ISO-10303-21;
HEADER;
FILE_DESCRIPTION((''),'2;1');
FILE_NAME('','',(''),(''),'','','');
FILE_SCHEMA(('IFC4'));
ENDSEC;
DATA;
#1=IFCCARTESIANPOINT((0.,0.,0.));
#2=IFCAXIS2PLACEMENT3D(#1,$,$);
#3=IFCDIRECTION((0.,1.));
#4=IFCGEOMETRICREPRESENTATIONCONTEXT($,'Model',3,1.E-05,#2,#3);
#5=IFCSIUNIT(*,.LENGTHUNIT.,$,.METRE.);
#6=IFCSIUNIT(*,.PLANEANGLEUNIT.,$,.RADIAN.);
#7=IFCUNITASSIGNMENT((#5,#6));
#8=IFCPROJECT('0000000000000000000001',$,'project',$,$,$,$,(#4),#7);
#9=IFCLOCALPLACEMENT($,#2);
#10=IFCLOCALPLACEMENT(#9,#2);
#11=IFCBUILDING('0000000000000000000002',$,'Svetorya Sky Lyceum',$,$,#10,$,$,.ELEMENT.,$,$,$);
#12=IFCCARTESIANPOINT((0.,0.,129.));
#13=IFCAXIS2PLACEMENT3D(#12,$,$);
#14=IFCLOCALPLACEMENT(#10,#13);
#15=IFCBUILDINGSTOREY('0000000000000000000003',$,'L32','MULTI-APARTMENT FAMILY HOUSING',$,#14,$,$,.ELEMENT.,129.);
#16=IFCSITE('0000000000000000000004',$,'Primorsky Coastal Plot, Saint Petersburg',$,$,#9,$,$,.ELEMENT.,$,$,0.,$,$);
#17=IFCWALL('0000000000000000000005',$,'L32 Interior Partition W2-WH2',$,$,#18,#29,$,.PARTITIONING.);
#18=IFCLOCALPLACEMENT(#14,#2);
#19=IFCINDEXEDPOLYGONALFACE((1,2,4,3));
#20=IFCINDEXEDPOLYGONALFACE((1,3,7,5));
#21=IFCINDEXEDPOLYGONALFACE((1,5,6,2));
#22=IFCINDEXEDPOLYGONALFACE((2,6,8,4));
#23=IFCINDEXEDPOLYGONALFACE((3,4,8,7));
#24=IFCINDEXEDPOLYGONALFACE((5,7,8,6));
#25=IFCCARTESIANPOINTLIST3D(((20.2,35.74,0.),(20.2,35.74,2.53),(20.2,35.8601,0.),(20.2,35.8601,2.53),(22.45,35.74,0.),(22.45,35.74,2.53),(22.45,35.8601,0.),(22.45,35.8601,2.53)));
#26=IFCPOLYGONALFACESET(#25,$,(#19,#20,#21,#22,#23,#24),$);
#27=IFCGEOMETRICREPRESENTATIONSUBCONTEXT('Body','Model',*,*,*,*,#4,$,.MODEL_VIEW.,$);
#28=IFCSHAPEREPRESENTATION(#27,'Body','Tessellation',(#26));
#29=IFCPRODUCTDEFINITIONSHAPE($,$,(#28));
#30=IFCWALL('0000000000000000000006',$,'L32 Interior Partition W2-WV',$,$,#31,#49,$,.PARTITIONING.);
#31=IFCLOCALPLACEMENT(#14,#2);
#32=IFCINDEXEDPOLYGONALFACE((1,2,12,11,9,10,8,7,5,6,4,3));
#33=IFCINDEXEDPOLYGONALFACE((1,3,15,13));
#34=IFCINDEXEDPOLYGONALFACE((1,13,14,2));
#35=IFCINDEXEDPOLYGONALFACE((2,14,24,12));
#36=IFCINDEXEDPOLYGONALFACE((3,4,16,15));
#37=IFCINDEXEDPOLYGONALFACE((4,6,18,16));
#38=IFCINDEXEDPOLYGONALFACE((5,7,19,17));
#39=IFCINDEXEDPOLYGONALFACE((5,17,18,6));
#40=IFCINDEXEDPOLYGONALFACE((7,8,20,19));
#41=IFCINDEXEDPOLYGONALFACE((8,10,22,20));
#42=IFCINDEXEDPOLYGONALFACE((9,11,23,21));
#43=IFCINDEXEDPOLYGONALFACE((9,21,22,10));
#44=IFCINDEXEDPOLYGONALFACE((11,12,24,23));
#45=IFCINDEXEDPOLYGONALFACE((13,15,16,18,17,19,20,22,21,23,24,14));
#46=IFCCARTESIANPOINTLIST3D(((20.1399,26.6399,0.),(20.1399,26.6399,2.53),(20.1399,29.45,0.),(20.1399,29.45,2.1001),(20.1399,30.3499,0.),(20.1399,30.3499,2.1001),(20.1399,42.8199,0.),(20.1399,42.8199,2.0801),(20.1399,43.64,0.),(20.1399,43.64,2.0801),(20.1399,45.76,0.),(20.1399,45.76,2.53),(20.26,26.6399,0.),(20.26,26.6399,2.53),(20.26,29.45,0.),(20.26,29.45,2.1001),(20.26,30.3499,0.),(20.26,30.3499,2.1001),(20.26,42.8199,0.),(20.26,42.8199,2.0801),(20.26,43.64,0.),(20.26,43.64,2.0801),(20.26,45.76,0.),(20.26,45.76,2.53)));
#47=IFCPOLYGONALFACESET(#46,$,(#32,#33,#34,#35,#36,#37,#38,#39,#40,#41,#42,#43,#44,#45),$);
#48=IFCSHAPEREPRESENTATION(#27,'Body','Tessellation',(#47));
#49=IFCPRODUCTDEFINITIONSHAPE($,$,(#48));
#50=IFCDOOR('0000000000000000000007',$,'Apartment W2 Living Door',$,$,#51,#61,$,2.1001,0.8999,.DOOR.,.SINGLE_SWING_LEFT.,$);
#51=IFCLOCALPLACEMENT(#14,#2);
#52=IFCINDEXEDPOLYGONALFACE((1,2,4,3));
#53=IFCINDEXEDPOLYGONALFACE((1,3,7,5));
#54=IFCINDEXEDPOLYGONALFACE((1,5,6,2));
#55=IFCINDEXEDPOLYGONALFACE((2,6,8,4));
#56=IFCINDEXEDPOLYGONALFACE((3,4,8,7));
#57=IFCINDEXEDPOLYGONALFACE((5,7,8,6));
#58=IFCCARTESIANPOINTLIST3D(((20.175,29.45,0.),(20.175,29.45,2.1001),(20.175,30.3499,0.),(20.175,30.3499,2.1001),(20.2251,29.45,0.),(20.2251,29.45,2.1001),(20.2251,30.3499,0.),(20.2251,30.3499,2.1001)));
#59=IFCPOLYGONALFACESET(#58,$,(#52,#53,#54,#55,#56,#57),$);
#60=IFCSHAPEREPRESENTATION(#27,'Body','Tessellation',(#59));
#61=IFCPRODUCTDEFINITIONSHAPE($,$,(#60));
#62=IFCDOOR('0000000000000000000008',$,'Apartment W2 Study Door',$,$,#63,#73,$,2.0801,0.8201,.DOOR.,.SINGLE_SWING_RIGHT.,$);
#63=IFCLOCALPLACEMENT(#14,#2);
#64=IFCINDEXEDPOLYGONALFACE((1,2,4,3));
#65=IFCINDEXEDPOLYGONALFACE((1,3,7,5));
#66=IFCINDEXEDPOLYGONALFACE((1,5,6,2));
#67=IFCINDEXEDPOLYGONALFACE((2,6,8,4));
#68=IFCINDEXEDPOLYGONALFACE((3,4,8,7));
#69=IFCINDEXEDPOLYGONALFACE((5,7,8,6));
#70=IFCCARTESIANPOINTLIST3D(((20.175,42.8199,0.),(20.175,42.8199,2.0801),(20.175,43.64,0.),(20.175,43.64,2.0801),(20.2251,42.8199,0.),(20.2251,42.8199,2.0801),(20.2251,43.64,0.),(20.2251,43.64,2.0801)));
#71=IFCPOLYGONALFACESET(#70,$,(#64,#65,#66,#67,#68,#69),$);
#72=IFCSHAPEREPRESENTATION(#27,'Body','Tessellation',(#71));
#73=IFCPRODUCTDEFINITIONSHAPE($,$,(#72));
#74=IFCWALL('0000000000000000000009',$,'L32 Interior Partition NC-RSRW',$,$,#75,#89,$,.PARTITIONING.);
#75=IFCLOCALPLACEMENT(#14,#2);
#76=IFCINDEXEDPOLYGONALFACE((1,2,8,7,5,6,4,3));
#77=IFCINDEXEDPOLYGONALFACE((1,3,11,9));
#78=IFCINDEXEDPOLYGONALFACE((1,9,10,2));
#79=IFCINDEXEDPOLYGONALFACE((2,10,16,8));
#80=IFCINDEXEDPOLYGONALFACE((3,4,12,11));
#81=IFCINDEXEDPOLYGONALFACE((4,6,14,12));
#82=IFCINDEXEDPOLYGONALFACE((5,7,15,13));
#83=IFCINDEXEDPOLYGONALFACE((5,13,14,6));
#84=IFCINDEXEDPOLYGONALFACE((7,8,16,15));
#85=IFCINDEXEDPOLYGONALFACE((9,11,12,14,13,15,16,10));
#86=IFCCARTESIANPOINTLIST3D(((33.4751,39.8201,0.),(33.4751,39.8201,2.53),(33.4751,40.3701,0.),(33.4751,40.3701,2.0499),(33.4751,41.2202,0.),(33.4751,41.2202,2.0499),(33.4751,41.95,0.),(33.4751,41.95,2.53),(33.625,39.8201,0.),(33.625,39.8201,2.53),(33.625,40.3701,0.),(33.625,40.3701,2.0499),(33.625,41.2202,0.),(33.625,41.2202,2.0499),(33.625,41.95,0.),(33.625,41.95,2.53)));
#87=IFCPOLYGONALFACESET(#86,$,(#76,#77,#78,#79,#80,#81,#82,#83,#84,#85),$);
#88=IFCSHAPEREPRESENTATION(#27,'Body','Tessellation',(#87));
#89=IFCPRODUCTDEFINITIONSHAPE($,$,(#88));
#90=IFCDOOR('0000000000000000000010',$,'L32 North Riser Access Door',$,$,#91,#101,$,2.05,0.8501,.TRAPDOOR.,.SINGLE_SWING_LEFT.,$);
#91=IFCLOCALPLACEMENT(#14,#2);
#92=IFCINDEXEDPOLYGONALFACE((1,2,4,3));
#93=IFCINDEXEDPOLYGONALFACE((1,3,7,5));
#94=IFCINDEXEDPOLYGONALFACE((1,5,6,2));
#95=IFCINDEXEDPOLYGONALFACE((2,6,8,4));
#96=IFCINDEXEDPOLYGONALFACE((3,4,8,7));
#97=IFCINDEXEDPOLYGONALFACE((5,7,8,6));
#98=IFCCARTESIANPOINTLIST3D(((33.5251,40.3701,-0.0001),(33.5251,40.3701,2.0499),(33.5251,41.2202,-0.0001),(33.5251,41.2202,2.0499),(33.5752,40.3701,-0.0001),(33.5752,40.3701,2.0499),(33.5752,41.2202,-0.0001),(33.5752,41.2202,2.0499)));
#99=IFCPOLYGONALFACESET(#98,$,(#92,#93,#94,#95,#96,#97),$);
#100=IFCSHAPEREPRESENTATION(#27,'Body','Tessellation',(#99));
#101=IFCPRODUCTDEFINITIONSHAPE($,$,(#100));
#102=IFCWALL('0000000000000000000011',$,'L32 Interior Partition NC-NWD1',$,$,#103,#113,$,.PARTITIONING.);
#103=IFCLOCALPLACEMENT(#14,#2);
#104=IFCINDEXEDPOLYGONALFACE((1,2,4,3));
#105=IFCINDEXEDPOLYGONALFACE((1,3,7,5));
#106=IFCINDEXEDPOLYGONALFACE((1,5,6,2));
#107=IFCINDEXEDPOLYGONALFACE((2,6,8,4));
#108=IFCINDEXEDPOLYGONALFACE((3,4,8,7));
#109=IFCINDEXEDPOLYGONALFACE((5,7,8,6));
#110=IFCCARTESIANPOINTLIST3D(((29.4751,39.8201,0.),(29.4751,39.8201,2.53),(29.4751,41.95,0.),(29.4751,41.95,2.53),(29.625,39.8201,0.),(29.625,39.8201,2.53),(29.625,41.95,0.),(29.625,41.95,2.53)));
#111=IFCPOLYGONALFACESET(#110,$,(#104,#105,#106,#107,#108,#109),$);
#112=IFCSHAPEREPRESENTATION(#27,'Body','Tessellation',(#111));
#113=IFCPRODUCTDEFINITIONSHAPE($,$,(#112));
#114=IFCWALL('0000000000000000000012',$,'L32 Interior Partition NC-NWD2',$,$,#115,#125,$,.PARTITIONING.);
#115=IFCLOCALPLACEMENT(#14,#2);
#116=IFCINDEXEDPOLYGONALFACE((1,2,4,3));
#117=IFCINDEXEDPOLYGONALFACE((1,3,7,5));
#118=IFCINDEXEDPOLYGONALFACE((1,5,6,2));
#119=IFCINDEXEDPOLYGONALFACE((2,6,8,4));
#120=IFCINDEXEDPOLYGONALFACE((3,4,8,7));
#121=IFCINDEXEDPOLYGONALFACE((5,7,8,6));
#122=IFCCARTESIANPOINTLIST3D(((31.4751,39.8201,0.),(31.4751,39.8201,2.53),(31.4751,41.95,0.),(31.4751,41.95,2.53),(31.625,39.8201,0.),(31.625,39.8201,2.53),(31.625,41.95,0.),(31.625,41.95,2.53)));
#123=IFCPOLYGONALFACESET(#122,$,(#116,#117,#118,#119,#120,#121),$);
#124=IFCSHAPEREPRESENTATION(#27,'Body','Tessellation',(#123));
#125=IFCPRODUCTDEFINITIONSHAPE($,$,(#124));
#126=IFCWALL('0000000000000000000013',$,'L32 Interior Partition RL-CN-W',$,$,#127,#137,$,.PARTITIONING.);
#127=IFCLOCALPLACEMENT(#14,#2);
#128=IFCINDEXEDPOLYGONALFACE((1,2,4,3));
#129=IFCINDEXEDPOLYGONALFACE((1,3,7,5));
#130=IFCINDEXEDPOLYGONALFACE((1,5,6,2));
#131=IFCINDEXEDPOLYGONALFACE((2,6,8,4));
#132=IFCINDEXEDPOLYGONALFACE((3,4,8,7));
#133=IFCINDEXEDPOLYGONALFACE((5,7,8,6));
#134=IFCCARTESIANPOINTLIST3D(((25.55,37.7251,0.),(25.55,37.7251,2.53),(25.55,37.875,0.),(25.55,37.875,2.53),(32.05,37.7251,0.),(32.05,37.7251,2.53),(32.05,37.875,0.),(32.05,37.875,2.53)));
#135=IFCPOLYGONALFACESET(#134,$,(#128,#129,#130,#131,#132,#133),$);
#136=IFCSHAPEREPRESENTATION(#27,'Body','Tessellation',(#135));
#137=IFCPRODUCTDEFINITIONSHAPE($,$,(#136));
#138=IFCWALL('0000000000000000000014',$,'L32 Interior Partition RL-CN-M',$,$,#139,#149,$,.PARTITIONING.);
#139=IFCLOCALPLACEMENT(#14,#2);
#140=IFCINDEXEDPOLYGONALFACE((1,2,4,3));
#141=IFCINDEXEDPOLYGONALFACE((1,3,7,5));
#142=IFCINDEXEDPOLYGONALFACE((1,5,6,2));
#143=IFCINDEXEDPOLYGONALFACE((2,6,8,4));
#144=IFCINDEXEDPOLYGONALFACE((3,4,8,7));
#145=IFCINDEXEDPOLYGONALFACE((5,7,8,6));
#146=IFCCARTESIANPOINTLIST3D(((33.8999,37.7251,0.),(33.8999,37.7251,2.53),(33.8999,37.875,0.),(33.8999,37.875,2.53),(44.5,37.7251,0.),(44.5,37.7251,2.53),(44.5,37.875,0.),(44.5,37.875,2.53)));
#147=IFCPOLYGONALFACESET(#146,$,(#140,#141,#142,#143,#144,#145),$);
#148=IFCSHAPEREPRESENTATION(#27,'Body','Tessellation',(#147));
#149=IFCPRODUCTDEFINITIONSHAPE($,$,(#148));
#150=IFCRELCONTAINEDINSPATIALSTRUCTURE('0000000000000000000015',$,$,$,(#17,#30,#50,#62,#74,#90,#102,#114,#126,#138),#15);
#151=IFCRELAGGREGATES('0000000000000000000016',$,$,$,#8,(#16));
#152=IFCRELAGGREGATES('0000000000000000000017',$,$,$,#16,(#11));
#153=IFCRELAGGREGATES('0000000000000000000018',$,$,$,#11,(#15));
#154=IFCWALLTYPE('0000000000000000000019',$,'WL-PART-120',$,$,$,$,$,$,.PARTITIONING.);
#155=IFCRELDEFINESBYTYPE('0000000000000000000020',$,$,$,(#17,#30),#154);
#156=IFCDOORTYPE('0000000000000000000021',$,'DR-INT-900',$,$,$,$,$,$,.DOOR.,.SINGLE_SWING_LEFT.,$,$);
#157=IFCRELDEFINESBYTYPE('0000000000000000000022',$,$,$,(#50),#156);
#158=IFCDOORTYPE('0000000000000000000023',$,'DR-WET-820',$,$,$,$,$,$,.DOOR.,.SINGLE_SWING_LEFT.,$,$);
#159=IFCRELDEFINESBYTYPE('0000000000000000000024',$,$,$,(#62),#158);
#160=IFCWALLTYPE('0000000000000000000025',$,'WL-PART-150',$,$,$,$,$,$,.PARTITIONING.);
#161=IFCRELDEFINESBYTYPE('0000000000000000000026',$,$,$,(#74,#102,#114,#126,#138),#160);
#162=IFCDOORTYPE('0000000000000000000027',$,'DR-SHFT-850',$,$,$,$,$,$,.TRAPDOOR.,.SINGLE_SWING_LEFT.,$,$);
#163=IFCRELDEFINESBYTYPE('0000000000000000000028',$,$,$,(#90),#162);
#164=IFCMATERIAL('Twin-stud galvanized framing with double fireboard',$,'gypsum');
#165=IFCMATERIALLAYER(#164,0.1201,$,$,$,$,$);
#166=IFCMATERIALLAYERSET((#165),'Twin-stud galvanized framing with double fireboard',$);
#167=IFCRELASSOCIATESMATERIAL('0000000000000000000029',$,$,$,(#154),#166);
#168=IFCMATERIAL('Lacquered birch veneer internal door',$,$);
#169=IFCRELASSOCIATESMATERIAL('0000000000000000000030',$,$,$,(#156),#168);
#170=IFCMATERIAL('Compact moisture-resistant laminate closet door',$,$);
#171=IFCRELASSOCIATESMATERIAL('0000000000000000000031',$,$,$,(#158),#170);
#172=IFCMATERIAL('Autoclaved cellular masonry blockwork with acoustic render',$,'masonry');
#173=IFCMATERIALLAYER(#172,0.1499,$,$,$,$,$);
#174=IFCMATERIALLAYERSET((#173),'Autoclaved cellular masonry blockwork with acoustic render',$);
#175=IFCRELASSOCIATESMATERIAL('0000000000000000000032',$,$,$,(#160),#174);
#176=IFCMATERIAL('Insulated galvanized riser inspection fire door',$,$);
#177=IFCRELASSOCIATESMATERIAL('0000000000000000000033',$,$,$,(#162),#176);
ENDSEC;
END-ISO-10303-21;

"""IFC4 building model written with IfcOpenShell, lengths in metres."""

from ifc_helpers import new_model, si_unit, direction, frame, frame_2d, origin, place, context, subcontext, project, spatial, rectangle, extrude, material, layer, layer_set, type_object, element, fill, save


model = new_model("IFC4")

# Units and contexts
model_context = context("Model", 3, precision=1e-05, world=origin(), true_north=direction((0.0, 1.0)))
body_context = subcontext(model_context, "Body", "Model", "MODEL_VIEW")
ifc_project = project(units=[si_unit("LENGTHUNIT", "METRE"), si_unit("PLANEANGLEUNIT", "RADIAN")], contexts=[model_context])

# Site, building, storey
site_placement = place(None, origin())
site = spatial("IfcSite", under=ifc_project, at=site_placement, Name="Primorsky Coastal Plot, Saint Petersburg", CompositionType="ELEMENT", RefElevation=0.0)
building_placement = place(site_placement, origin())
building = spatial("IfcBuilding", under=site, at=building_placement, Name="Svetorya Sky Lyceum", CompositionType="ELEMENT")
storey_placement = place(building_placement, frame((0.0, 0.0, 129.0)))
storey = spatial("IfcBuildingStorey", under=building, at=storey_placement, Name="L32", Description="MULTI-APARTMENT FAMILY HOUSING", CompositionType="ELEMENT", Elevation=129.0)

# Shared definitions
ifc_material_1 = material(Name="Twin-stud galvanized framing with double fireboard", Category="gypsum")
ifc_layer_1 = layer(ifc_material_1, 0.1201)
ifc_layer_set_1 = layer_set([ifc_layer_1], Name="Twin-stud galvanized framing with double fireboard")
wall_type_1 = type_object("IfcWallType", Name="WL-PART-120", PredefinedType="PARTITIONING", material=ifc_layer_set_1)

# Wall
wall_1_placement = place(storey_placement, frame((20.2, 35.8, 0.0), z_axis=(0.0, 0.0, 1.0), x_axis=(1.0, 0.0, 0.0)))
element("IfcWall", 1, at=wall_1_placement, inside=storey, type_object=wall_type_1, Name="L32 Interior Partition W2-WH2", PredefinedType="PARTITIONING", context=body_context, shape_type="SweptSolid", body=[
    extrude(rectangle(XDim=2.25, YDim=0.1201, at=frame_2d((1.125, 0.0))), origin(), (0.0, 0.0, 1.0), 2.53),
])

# Wall, openings, doors
wall_2_placement = place(storey_placement, frame((20.2, 26.6399, 0.0), z_axis=(0.0, 0.0, 1.0), x_axis=(0.0, 1.0, 0.0)))
wall_2 = element("IfcWall", 2, at=wall_2_placement, inside=storey, type_object=wall_type_1, Name="L32 Interior Partition W2-WV", PredefinedType="PARTITIONING", context=body_context, shape_type="SweptSolid", body=[
    extrude(rectangle(XDim=19.1201, YDim=0.1201, at=frame_2d((9.5601, 0.0))), origin(), (0.0, 0.0, 1.0), 2.53),
])
opening_1_placement = place(wall_2_placement, frame((2.8101, 0.0, 0.0)))
opening_1 = element("IfcOpeningElement", 3, at=opening_1_placement, cuts=wall_2, PredefinedType="OPENING", context=body_context, shape_type="SweptSolid", body=[
    extrude(rectangle(XDim=0.8999, YDim=2.1001, at=frame_2d((0.45, 1.05))), frame((0.0, 0.0701, 0.0), z_axis=(0.0, -1.0, 0.0), x_axis=(1.0, 0.0, 0.0)), (0.0, 0.0, 1.0), 0.1401),
])
opening_2_placement = place(wall_2_placement, frame((16.1799, 0.0, 0.0)))
opening_2 = element("IfcOpeningElement", 4, at=opening_2_placement, cuts=wall_2, PredefinedType="OPENING", context=body_context, shape_type="SweptSolid", body=[
    extrude(rectangle(XDim=0.8201, YDim=2.0801, at=frame_2d((0.4102, 1.04))), frame((0.0, 0.0701, 0.0), z_axis=(0.0, -1.0, 0.0), x_axis=(1.0, 0.0, 0.0)), (0.0, 0.0, 1.0), 0.1401),
])
ifc_material_2 = material(Name="Lacquered birch veneer internal door")
door_type_1 = type_object("IfcDoorType", Name="DR-INT-900", OperationType="SINGLE_SWING_LEFT", PredefinedType="DOOR", material=ifc_material_2)
door_1_placement = place(opening_1_placement, origin())
door_1 = element("IfcDoor", 5, at=door_1_placement, inside=storey, type_object=door_type_1, Name="Apartment W2 Living Door", OperationType="SINGLE_SWING_LEFT", OverallHeight=2.1001, OverallWidth=0.8999, PredefinedType="DOOR", context=body_context, shape_type="SweptSolid", body=[
    extrude(rectangle(XDim=0.8999, YDim=2.1001, at=frame_2d((0.45, 1.05))), frame((0.0, 0.0249, 0.0), z_axis=(0.0, -1.0, 0.0), x_axis=(1.0, 0.0, 0.0)), (0.0, 0.0, 1.0), 0.05),
])
fill(opening_1, door_1)
ifc_material_3 = material(Name="Compact moisture-resistant laminate closet door")
door_type_2 = type_object("IfcDoorType", Name="DR-WET-820", OperationType="SINGLE_SWING_LEFT", PredefinedType="DOOR", material=ifc_material_3)
door_2_placement = place(opening_2_placement, origin())
door_2 = element("IfcDoor", 6, at=door_2_placement, inside=storey, type_object=door_type_2, Name="Apartment W2 Study Door", OperationType="SINGLE_SWING_RIGHT", OverallHeight=2.0801, OverallWidth=0.8201, PredefinedType="DOOR", context=body_context, shape_type="SweptSolid", body=[
    extrude(rectangle(XDim=0.8201, YDim=2.0801, at=frame_2d((0.4102, 1.04))), frame((0.0, 0.0249, 0.0), z_axis=(0.0, -1.0, 0.0), x_axis=(1.0, 0.0, 0.0)), (0.0, 0.0, 1.0), 0.05),
])
fill(opening_2, door_2)

# Wall, opening, door
ifc_material_4 = material(Name="Autoclaved cellular masonry blockwork with acoustic render", Category="masonry")
ifc_layer_2 = layer(ifc_material_4, 0.1499)
ifc_layer_set_2 = layer_set([ifc_layer_2], Name="Autoclaved cellular masonry blockwork with acoustic render")
wall_type_2 = type_object("IfcWallType", Name="WL-PART-150", PredefinedType="PARTITIONING", material=ifc_layer_set_2)
wall_3_placement = place(storey_placement, frame((33.55, 39.8201, 0.0), z_axis=(0.0, 0.0, 1.0), x_axis=(0.0, 1.0, 0.0)))
wall_3 = element("IfcWall", 7, at=wall_3_placement, inside=storey, type_object=wall_type_2, Name="L32 Interior Partition NC-RSRW", PredefinedType="PARTITIONING", context=body_context, shape_type="SweptSolid", body=[
    extrude(rectangle(XDim=2.1299, YDim=0.1499, at=frame_2d((1.0649, 0.0))), origin(), (0.0, 0.0, 1.0), 2.53),
])
opening_3_placement = place(wall_3_placement, frame((0.55, 0.0, 0.0)))
opening_3 = element("IfcOpeningElement", 8, at=opening_3_placement, cuts=wall_3, PredefinedType="OPENING", context=body_context, shape_type="SweptSolid", body=[
    extrude(rectangle(XDim=0.8501, YDim=2.05, at=frame_2d((0.425, 1.0249))), frame((0.0, 0.085, 0.0), z_axis=(0.0, -1.0, 0.0), x_axis=(1.0, 0.0, 0.0)), (0.0, 0.0, 1.0), 0.1699),
])
ifc_material_5 = material(Name="Insulated galvanized riser inspection fire door")
door_type_3 = type_object("IfcDoorType", Name="DR-SHFT-850", OperationType="SINGLE_SWING_LEFT", PredefinedType="TRAPDOOR", material=ifc_material_5)
door_3_placement = place(opening_3_placement, origin())
door_3 = element("IfcDoor", 9, at=door_3_placement, inside=storey, type_object=door_type_3, Name="L32 North Riser Access Door", OperationType="SINGLE_SWING_LEFT", OverallHeight=2.05, OverallWidth=0.8501, PredefinedType="TRAPDOOR", context=body_context, shape_type="SweptSolid", body=[
    extrude(rectangle(XDim=0.8501, YDim=2.05, at=frame_2d((0.425, 1.0249))), frame((0.0, 0.0249, 0.0), z_axis=(0.0, -1.0, 0.0), x_axis=(1.0, 0.0, 0.0)), (0.0, 0.0, 1.0), 0.05),
])
fill(opening_3, door_3)

# Walls
for number, where, z_axis, x_axis, name in (
    (10, (29.55, 39.8201, 0.0), (0.0, 0.0, 1.0), (0.0, 1.0, 0.0), "L32 Interior Partition NC-NWD1"),
    (11, (31.55, 39.8201, 0.0), (0.0, 0.0, 1.0), (0.0, 1.0, 0.0), "L32 Interior Partition NC-NWD2"),
):
    element("IfcWall", number, at=place(storey_placement, frame(where, z_axis=z_axis, x_axis=x_axis)), inside=storey, type_object=wall_type_2, Name=name, PredefinedType="PARTITIONING", context=body_context, shape_type="SweptSolid", body=[
        extrude(rectangle(XDim=2.1299, YDim=0.1499, at=frame_2d((1.0649, 0.0))), origin(), (0.0, 0.0, 1.0), 2.53),
    ])
wall_4_placement = place(storey_placement, frame((25.55, 37.8, 0.0), z_axis=(0.0, 0.0, 1.0), x_axis=(1.0, 0.0, 0.0)))
element("IfcWall", 12, at=wall_4_placement, inside=storey, type_object=wall_type_2, Name="L32 Interior Partition RL-CN-W", PredefinedType="PARTITIONING", context=body_context, shape_type="SweptSolid", body=[
    extrude(rectangle(XDim=6.5, YDim=0.1499, at=frame_2d((3.25, 0.0))), origin(), (0.0, 0.0, 1.0), 2.53),
])
wall_5_placement = place(storey_placement, frame((33.8999, 37.8, 0.0), z_axis=(0.0, 0.0, 1.0), x_axis=(1.0, 0.0, 0.0)))
element("IfcWall", 13, at=wall_5_placement, inside=storey, type_object=wall_type_2, Name="L32 Interior Partition RL-CN-M", PredefinedType="PARTITIONING", context=body_context, shape_type="SweptSolid", body=[
    extrude(rectangle(XDim=10.6001, YDim=0.1499, at=frame_2d((5.3, 0.0))), origin(), (0.0, 0.0, 1.0), 2.53),
])

save(model, "model.ifc")
